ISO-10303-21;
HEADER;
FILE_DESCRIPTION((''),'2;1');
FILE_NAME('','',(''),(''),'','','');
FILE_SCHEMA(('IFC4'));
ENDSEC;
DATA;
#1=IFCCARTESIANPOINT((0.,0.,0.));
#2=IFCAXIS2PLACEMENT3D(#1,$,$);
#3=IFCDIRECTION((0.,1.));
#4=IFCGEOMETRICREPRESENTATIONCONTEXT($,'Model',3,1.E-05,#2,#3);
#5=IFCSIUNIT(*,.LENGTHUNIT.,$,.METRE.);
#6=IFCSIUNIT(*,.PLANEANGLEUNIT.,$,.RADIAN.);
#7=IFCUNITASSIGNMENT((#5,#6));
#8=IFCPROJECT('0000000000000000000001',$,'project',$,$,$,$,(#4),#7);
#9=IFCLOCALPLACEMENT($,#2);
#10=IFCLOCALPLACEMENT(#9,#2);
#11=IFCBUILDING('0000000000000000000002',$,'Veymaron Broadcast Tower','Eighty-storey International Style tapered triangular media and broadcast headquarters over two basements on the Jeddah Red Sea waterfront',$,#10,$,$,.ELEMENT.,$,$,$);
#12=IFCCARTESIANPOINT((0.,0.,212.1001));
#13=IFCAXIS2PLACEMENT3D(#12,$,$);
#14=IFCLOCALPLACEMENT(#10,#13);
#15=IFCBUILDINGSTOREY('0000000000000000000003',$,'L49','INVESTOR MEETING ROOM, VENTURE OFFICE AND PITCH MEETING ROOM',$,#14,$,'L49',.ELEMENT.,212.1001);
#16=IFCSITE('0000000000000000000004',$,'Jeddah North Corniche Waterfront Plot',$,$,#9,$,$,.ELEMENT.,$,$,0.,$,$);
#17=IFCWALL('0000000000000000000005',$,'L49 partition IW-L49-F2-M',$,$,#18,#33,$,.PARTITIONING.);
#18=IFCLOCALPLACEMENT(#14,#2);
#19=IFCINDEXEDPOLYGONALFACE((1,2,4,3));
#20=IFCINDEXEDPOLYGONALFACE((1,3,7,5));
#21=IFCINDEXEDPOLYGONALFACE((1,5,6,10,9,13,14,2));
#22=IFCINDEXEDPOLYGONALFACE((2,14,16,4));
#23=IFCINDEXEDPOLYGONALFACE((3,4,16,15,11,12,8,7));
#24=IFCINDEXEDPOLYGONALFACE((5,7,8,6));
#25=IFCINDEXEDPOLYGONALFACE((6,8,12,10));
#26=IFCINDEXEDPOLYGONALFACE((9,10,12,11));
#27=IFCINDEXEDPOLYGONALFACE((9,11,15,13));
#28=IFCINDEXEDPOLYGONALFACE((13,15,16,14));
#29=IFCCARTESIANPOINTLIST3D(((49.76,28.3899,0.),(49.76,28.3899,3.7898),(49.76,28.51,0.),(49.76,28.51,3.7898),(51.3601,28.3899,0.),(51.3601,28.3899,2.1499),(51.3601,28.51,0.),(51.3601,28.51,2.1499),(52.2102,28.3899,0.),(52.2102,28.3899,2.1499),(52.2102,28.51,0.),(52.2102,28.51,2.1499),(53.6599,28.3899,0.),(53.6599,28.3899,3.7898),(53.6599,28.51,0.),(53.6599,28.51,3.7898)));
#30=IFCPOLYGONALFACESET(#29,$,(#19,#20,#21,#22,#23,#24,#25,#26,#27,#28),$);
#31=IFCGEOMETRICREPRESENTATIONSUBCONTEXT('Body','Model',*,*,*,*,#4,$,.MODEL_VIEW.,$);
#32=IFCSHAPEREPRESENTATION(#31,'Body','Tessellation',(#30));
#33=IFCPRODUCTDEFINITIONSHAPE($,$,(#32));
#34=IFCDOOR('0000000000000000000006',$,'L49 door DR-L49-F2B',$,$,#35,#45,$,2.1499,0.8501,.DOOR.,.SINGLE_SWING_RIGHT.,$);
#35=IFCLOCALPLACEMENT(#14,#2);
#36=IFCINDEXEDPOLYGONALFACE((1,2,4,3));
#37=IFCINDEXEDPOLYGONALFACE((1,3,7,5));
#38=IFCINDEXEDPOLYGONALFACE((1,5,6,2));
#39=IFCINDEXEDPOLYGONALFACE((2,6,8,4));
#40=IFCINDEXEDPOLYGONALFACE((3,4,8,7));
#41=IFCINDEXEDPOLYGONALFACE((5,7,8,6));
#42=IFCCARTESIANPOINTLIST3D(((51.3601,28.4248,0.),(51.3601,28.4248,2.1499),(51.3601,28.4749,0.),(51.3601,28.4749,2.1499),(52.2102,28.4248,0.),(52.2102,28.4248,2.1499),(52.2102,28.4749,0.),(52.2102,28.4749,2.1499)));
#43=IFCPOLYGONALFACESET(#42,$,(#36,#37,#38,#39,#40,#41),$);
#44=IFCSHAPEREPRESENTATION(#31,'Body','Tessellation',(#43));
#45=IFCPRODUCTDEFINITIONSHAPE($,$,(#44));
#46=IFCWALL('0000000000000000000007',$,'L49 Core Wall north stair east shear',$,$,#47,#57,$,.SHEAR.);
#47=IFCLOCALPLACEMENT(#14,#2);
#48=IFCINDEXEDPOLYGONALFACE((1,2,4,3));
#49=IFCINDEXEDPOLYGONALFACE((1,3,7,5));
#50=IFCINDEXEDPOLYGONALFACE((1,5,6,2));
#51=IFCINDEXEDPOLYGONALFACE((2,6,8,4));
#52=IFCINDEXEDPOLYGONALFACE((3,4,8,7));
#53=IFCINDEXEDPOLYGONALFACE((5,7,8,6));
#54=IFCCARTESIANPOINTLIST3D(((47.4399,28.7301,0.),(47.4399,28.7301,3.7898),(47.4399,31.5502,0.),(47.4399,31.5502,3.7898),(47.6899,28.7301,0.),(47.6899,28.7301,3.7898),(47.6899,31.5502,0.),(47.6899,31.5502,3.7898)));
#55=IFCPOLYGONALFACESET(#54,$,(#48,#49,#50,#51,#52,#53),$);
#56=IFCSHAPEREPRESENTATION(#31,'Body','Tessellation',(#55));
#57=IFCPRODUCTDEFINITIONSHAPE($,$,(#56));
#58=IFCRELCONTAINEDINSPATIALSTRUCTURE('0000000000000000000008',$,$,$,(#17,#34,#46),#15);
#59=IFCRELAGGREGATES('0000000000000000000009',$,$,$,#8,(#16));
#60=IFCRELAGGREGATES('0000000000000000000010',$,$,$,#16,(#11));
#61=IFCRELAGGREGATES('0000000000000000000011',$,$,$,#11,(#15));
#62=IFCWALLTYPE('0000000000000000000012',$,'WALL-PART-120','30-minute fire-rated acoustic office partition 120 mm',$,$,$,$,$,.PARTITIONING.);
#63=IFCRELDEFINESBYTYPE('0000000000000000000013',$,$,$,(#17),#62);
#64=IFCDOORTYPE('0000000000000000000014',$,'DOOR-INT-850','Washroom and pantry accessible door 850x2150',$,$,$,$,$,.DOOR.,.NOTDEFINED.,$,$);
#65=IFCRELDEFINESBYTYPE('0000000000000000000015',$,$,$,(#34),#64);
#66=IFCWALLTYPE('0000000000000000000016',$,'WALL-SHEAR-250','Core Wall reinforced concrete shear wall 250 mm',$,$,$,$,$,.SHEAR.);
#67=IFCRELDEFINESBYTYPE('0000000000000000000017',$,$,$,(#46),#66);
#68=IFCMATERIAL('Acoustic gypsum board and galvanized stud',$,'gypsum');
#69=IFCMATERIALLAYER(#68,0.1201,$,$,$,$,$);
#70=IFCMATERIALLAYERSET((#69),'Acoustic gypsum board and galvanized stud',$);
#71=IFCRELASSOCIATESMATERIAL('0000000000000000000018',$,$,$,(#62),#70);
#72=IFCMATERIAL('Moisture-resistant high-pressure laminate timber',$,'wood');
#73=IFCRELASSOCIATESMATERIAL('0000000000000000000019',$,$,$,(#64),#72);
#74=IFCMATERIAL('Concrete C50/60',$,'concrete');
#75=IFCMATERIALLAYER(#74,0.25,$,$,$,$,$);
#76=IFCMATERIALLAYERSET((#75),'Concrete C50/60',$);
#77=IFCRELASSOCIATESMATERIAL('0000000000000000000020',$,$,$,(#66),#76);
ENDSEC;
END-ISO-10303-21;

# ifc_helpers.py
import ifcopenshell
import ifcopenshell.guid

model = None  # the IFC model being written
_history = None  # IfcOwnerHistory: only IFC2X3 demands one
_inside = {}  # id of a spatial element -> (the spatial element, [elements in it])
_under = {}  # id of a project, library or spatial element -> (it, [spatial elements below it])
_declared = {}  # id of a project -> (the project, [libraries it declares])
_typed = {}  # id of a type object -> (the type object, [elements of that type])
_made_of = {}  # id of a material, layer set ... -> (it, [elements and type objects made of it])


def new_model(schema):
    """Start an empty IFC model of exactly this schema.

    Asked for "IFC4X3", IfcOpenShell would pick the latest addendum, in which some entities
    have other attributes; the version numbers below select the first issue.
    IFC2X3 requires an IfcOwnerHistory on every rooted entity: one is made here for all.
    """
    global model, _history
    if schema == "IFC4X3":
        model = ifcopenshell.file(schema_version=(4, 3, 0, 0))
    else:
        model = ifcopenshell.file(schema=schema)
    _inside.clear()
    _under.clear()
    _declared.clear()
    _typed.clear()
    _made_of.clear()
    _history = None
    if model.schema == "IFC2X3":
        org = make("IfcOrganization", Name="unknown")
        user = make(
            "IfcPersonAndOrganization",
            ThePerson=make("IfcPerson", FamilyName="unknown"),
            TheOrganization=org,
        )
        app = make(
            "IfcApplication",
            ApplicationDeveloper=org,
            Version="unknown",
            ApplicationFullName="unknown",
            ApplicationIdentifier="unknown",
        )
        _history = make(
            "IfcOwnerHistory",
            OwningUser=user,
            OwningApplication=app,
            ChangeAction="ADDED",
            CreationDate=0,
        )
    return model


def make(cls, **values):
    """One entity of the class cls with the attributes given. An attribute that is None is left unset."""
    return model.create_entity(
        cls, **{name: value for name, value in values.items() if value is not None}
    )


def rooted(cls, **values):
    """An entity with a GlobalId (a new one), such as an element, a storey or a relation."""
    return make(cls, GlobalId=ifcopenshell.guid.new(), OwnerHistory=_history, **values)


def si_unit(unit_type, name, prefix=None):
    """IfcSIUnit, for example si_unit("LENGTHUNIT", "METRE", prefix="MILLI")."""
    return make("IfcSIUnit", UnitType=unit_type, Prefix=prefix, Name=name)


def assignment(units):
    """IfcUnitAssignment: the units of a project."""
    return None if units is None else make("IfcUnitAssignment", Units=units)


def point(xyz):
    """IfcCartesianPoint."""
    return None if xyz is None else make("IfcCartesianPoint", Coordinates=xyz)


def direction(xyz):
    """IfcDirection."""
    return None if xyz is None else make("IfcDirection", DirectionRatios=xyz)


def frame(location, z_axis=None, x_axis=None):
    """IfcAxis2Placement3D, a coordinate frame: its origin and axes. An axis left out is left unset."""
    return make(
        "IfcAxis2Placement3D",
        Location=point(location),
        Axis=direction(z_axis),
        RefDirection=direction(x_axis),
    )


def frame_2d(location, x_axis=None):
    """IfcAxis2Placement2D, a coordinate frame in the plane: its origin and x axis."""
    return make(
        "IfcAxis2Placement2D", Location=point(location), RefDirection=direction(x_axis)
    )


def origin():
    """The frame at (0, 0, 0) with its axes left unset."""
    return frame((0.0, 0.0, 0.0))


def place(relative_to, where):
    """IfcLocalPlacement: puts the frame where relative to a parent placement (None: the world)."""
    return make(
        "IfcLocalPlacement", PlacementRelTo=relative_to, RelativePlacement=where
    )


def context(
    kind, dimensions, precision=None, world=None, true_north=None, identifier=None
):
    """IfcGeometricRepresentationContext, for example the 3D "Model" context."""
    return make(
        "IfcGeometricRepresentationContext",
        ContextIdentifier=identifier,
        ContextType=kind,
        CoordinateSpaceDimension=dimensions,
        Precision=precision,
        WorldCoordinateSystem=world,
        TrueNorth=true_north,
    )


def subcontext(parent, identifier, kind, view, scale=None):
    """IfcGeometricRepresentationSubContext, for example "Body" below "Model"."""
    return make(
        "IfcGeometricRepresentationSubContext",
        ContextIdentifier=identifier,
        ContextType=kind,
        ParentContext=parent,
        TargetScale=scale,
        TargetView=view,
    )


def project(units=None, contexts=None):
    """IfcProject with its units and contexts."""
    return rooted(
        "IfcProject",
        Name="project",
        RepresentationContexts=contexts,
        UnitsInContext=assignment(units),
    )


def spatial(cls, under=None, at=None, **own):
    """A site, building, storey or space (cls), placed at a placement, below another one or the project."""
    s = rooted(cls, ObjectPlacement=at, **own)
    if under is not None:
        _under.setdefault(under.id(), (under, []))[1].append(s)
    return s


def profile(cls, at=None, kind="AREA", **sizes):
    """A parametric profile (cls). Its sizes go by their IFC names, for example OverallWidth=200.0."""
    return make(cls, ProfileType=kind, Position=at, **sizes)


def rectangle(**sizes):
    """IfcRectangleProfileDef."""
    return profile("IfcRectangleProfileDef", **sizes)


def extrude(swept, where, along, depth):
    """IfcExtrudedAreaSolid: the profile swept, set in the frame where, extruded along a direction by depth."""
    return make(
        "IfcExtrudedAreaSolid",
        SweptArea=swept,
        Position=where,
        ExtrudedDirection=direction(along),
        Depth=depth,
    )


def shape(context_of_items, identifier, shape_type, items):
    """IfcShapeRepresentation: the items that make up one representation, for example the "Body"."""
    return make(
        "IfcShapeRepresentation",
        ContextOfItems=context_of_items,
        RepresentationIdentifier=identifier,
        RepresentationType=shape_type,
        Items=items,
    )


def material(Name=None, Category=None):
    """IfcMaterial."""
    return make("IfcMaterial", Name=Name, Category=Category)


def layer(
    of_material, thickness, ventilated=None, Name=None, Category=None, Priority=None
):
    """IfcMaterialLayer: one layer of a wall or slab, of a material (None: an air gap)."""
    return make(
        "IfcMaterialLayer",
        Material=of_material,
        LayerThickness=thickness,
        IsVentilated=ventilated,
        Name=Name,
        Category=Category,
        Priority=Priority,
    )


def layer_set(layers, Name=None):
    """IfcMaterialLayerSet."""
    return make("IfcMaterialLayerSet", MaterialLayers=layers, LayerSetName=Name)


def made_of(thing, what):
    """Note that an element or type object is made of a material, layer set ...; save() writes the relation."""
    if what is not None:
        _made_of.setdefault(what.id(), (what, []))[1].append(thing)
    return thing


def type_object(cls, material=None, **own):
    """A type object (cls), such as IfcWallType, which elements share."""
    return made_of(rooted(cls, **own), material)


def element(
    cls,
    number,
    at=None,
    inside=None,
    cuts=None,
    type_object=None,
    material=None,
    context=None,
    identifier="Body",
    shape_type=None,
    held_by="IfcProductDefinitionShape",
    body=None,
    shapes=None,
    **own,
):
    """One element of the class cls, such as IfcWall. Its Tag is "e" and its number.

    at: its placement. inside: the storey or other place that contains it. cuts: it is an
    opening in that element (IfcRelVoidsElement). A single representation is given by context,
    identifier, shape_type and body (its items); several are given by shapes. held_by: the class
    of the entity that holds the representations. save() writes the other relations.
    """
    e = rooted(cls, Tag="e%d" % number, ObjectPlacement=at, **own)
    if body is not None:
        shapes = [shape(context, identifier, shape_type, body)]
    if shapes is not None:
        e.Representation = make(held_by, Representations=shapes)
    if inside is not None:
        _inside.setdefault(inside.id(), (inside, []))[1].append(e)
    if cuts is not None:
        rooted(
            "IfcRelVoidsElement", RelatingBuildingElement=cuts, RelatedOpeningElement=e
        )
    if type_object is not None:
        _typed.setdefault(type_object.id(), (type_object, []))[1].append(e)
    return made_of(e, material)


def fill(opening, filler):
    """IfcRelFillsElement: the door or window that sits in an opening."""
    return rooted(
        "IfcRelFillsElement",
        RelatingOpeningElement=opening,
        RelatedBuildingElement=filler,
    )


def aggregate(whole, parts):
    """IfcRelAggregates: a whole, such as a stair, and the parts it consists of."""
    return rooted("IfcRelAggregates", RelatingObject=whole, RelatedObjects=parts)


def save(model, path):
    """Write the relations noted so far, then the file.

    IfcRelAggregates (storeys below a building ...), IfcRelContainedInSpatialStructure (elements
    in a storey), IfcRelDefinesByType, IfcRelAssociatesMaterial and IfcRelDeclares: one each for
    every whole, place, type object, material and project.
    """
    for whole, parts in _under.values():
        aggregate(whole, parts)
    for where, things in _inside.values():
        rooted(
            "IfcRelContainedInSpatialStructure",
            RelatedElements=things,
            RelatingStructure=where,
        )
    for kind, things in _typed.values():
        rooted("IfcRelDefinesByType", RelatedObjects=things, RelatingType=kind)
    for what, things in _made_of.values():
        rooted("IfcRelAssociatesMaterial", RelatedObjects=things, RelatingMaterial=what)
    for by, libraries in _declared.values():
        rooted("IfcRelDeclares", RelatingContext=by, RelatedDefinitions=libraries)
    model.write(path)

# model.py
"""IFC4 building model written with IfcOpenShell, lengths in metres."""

from ifc_helpers import new_model, si_unit, direction, frame, frame_2d, origin, place, context, subcontext, project, spatial, rectangle, extrude, material, layer, layer_set, type_object, element, fill, save


model = new_model("IFC4")

# Units and contexts
model_context = context("Model", 3, precision=1e-05, world=origin(), true_north=direction((0.0, 1.0)))
body_context = subcontext(model_context, "Body", "Model", "MODEL_VIEW")
ifc_project = project(units=[si_unit("LENGTHUNIT", "METRE"), si_unit("PLANEANGLEUNIT", "RADIAN")], contexts=[model_context])

# Site, building, storey
site_placement = place(None, origin())
site = spatial("IfcSite", under=ifc_project, at=site_placement, Name="Jeddah North Corniche Waterfront Plot", CompositionType="ELEMENT", RefElevation=0.0)
building_placement = place(site_placement, origin())
building = spatial("IfcBuilding", under=site, at=building_placement, Name="Veymaron Broadcast Tower", Description="Eighty-storey International Style tapered triangular media and broadcast headquarters over two basements on the Jeddah Red Sea waterfront", CompositionType="ELEMENT")
storey_placement = place(building_placement, frame((0.0, 0.0, 212.1001)))
storey = spatial("IfcBuildingStorey", under=building, at=storey_placement, Name="L49", Description="INVESTOR MEETING ROOM, VENTURE OFFICE AND PITCH MEETING ROOM", LongName="L49", CompositionType="ELEMENT", Elevation=212.1001)

# Shared definitions
ifc_material_1 = material(Name="Acoustic gypsum board and galvanized stud", Category="gypsum")
ifc_layer_1 = layer(ifc_material_1, 0.1201)
ifc_layer_set_1 = layer_set([ifc_layer_1], Name="Acoustic gypsum board and galvanized stud")
wall_type_1 = type_object("IfcWallType", Name="WALL-PART-120", Description="30-minute fire-rated acoustic office partition 120 mm", PredefinedType="PARTITIONING", material=ifc_layer_set_1)

# Wall, opening, door
ifc_material_2 = material(Name="Moisture-resistant high-pressure laminate timber", Category="wood")
door_type_1 = type_object("IfcDoorType", Name="DOOR-INT-850", Description="Washroom and pantry accessible door 850x2150", OperationType="NOTDEFINED", PredefinedType="DOOR", material=ifc_material_2)
wall_1_placement = place(storey_placement, frame((49.76, 28.45, 0.0), z_axis=(0.0, 0.0, 1.0), x_axis=(1.0, 0.0, 0.0)))
wall_1 = element("IfcWall", 1, at=wall_1_placement, inside=storey, type_object=wall_type_1, Name="L49 partition IW-L49-F2-M", PredefinedType="PARTITIONING", context=body_context, shape_type="SweptSolid", body=[
    extrude(rectangle(XDim=3.8999, YDim=0.1201, at=frame_2d((1.95, 0.0))), origin(), (0.0, 0.0, 1.0), 3.7898),
])
opening_1_placement = place(wall_1_placement, frame((1.6001, 0.0, 0.0)))
opening_1 = element("IfcOpeningElement", 2, at=opening_1_placement, cuts=wall_1, PredefinedType="OPENING", context=body_context, shape_type="SweptSolid", body=[
    extrude(rectangle(XDim=0.8501, YDim=2.1499, at=frame_2d((0.425, 1.075))), frame((0.0, 0.0701, 0.0), z_axis=(0.0, -1.0, 0.0), x_axis=(1.0, 0.0, 0.0)), (0.0, 0.0, 1.0), 0.1401),
])
door_1_placement = place(opening_1_placement, origin())
door_1 = element("IfcDoor", 3, at=door_1_placement, inside=storey, type_object=door_type_1, Name="L49 door DR-L49-F2B", OperationType="SINGLE_SWING_RIGHT", OverallHeight=2.1499, OverallWidth=0.8501, PredefinedType="DOOR", context=body_context, shape_type="SweptSolid", body=[
    extrude(rectangle(XDim=0.8501, YDim=2.1499, at=frame_2d((0.425, 1.075))), frame((0.0, 0.0249, 0.0), z_axis=(0.0, -1.0, 0.0), x_axis=(1.0, 0.0, 0.0)), (0.0, 0.0, 1.0), 0.05),
])
fill(opening_1, door_1)

# Wall
ifc_material_3 = material(Name="Concrete C50/60", Category="concrete")
ifc_layer_2 = layer(ifc_material_3, 0.25)
ifc_layer_set_2 = layer_set([ifc_layer_2], Name="Concrete C50/60")
wall_type_2 = type_object("IfcWallType", Name="WALL-SHEAR-250", Description="Core Wall reinforced concrete shear wall 250 mm", PredefinedType="SHEAR", material=ifc_layer_set_2)
wall_2_placement = place(storey_placement, frame((47.5649, 28.73, 0.0), z_axis=(0.0, 0.0, 1.0), x_axis=(0.0, 1.0, 0.0)))
element("IfcWall", 4, at=wall_2_placement, inside=storey, type_object=wall_type_2, Name="L49 Core Wall north stair east shear", PredefinedType="SHEAR", context=body_context, shape_type="SweptSolid", body=[
    extrude(rectangle(XDim=2.8201, YDim=0.25, at=frame_2d((1.4102, 0.0))), origin(), (0.0, 0.0, 1.0), 3.7898),
])

save(model, "model.ifc")
